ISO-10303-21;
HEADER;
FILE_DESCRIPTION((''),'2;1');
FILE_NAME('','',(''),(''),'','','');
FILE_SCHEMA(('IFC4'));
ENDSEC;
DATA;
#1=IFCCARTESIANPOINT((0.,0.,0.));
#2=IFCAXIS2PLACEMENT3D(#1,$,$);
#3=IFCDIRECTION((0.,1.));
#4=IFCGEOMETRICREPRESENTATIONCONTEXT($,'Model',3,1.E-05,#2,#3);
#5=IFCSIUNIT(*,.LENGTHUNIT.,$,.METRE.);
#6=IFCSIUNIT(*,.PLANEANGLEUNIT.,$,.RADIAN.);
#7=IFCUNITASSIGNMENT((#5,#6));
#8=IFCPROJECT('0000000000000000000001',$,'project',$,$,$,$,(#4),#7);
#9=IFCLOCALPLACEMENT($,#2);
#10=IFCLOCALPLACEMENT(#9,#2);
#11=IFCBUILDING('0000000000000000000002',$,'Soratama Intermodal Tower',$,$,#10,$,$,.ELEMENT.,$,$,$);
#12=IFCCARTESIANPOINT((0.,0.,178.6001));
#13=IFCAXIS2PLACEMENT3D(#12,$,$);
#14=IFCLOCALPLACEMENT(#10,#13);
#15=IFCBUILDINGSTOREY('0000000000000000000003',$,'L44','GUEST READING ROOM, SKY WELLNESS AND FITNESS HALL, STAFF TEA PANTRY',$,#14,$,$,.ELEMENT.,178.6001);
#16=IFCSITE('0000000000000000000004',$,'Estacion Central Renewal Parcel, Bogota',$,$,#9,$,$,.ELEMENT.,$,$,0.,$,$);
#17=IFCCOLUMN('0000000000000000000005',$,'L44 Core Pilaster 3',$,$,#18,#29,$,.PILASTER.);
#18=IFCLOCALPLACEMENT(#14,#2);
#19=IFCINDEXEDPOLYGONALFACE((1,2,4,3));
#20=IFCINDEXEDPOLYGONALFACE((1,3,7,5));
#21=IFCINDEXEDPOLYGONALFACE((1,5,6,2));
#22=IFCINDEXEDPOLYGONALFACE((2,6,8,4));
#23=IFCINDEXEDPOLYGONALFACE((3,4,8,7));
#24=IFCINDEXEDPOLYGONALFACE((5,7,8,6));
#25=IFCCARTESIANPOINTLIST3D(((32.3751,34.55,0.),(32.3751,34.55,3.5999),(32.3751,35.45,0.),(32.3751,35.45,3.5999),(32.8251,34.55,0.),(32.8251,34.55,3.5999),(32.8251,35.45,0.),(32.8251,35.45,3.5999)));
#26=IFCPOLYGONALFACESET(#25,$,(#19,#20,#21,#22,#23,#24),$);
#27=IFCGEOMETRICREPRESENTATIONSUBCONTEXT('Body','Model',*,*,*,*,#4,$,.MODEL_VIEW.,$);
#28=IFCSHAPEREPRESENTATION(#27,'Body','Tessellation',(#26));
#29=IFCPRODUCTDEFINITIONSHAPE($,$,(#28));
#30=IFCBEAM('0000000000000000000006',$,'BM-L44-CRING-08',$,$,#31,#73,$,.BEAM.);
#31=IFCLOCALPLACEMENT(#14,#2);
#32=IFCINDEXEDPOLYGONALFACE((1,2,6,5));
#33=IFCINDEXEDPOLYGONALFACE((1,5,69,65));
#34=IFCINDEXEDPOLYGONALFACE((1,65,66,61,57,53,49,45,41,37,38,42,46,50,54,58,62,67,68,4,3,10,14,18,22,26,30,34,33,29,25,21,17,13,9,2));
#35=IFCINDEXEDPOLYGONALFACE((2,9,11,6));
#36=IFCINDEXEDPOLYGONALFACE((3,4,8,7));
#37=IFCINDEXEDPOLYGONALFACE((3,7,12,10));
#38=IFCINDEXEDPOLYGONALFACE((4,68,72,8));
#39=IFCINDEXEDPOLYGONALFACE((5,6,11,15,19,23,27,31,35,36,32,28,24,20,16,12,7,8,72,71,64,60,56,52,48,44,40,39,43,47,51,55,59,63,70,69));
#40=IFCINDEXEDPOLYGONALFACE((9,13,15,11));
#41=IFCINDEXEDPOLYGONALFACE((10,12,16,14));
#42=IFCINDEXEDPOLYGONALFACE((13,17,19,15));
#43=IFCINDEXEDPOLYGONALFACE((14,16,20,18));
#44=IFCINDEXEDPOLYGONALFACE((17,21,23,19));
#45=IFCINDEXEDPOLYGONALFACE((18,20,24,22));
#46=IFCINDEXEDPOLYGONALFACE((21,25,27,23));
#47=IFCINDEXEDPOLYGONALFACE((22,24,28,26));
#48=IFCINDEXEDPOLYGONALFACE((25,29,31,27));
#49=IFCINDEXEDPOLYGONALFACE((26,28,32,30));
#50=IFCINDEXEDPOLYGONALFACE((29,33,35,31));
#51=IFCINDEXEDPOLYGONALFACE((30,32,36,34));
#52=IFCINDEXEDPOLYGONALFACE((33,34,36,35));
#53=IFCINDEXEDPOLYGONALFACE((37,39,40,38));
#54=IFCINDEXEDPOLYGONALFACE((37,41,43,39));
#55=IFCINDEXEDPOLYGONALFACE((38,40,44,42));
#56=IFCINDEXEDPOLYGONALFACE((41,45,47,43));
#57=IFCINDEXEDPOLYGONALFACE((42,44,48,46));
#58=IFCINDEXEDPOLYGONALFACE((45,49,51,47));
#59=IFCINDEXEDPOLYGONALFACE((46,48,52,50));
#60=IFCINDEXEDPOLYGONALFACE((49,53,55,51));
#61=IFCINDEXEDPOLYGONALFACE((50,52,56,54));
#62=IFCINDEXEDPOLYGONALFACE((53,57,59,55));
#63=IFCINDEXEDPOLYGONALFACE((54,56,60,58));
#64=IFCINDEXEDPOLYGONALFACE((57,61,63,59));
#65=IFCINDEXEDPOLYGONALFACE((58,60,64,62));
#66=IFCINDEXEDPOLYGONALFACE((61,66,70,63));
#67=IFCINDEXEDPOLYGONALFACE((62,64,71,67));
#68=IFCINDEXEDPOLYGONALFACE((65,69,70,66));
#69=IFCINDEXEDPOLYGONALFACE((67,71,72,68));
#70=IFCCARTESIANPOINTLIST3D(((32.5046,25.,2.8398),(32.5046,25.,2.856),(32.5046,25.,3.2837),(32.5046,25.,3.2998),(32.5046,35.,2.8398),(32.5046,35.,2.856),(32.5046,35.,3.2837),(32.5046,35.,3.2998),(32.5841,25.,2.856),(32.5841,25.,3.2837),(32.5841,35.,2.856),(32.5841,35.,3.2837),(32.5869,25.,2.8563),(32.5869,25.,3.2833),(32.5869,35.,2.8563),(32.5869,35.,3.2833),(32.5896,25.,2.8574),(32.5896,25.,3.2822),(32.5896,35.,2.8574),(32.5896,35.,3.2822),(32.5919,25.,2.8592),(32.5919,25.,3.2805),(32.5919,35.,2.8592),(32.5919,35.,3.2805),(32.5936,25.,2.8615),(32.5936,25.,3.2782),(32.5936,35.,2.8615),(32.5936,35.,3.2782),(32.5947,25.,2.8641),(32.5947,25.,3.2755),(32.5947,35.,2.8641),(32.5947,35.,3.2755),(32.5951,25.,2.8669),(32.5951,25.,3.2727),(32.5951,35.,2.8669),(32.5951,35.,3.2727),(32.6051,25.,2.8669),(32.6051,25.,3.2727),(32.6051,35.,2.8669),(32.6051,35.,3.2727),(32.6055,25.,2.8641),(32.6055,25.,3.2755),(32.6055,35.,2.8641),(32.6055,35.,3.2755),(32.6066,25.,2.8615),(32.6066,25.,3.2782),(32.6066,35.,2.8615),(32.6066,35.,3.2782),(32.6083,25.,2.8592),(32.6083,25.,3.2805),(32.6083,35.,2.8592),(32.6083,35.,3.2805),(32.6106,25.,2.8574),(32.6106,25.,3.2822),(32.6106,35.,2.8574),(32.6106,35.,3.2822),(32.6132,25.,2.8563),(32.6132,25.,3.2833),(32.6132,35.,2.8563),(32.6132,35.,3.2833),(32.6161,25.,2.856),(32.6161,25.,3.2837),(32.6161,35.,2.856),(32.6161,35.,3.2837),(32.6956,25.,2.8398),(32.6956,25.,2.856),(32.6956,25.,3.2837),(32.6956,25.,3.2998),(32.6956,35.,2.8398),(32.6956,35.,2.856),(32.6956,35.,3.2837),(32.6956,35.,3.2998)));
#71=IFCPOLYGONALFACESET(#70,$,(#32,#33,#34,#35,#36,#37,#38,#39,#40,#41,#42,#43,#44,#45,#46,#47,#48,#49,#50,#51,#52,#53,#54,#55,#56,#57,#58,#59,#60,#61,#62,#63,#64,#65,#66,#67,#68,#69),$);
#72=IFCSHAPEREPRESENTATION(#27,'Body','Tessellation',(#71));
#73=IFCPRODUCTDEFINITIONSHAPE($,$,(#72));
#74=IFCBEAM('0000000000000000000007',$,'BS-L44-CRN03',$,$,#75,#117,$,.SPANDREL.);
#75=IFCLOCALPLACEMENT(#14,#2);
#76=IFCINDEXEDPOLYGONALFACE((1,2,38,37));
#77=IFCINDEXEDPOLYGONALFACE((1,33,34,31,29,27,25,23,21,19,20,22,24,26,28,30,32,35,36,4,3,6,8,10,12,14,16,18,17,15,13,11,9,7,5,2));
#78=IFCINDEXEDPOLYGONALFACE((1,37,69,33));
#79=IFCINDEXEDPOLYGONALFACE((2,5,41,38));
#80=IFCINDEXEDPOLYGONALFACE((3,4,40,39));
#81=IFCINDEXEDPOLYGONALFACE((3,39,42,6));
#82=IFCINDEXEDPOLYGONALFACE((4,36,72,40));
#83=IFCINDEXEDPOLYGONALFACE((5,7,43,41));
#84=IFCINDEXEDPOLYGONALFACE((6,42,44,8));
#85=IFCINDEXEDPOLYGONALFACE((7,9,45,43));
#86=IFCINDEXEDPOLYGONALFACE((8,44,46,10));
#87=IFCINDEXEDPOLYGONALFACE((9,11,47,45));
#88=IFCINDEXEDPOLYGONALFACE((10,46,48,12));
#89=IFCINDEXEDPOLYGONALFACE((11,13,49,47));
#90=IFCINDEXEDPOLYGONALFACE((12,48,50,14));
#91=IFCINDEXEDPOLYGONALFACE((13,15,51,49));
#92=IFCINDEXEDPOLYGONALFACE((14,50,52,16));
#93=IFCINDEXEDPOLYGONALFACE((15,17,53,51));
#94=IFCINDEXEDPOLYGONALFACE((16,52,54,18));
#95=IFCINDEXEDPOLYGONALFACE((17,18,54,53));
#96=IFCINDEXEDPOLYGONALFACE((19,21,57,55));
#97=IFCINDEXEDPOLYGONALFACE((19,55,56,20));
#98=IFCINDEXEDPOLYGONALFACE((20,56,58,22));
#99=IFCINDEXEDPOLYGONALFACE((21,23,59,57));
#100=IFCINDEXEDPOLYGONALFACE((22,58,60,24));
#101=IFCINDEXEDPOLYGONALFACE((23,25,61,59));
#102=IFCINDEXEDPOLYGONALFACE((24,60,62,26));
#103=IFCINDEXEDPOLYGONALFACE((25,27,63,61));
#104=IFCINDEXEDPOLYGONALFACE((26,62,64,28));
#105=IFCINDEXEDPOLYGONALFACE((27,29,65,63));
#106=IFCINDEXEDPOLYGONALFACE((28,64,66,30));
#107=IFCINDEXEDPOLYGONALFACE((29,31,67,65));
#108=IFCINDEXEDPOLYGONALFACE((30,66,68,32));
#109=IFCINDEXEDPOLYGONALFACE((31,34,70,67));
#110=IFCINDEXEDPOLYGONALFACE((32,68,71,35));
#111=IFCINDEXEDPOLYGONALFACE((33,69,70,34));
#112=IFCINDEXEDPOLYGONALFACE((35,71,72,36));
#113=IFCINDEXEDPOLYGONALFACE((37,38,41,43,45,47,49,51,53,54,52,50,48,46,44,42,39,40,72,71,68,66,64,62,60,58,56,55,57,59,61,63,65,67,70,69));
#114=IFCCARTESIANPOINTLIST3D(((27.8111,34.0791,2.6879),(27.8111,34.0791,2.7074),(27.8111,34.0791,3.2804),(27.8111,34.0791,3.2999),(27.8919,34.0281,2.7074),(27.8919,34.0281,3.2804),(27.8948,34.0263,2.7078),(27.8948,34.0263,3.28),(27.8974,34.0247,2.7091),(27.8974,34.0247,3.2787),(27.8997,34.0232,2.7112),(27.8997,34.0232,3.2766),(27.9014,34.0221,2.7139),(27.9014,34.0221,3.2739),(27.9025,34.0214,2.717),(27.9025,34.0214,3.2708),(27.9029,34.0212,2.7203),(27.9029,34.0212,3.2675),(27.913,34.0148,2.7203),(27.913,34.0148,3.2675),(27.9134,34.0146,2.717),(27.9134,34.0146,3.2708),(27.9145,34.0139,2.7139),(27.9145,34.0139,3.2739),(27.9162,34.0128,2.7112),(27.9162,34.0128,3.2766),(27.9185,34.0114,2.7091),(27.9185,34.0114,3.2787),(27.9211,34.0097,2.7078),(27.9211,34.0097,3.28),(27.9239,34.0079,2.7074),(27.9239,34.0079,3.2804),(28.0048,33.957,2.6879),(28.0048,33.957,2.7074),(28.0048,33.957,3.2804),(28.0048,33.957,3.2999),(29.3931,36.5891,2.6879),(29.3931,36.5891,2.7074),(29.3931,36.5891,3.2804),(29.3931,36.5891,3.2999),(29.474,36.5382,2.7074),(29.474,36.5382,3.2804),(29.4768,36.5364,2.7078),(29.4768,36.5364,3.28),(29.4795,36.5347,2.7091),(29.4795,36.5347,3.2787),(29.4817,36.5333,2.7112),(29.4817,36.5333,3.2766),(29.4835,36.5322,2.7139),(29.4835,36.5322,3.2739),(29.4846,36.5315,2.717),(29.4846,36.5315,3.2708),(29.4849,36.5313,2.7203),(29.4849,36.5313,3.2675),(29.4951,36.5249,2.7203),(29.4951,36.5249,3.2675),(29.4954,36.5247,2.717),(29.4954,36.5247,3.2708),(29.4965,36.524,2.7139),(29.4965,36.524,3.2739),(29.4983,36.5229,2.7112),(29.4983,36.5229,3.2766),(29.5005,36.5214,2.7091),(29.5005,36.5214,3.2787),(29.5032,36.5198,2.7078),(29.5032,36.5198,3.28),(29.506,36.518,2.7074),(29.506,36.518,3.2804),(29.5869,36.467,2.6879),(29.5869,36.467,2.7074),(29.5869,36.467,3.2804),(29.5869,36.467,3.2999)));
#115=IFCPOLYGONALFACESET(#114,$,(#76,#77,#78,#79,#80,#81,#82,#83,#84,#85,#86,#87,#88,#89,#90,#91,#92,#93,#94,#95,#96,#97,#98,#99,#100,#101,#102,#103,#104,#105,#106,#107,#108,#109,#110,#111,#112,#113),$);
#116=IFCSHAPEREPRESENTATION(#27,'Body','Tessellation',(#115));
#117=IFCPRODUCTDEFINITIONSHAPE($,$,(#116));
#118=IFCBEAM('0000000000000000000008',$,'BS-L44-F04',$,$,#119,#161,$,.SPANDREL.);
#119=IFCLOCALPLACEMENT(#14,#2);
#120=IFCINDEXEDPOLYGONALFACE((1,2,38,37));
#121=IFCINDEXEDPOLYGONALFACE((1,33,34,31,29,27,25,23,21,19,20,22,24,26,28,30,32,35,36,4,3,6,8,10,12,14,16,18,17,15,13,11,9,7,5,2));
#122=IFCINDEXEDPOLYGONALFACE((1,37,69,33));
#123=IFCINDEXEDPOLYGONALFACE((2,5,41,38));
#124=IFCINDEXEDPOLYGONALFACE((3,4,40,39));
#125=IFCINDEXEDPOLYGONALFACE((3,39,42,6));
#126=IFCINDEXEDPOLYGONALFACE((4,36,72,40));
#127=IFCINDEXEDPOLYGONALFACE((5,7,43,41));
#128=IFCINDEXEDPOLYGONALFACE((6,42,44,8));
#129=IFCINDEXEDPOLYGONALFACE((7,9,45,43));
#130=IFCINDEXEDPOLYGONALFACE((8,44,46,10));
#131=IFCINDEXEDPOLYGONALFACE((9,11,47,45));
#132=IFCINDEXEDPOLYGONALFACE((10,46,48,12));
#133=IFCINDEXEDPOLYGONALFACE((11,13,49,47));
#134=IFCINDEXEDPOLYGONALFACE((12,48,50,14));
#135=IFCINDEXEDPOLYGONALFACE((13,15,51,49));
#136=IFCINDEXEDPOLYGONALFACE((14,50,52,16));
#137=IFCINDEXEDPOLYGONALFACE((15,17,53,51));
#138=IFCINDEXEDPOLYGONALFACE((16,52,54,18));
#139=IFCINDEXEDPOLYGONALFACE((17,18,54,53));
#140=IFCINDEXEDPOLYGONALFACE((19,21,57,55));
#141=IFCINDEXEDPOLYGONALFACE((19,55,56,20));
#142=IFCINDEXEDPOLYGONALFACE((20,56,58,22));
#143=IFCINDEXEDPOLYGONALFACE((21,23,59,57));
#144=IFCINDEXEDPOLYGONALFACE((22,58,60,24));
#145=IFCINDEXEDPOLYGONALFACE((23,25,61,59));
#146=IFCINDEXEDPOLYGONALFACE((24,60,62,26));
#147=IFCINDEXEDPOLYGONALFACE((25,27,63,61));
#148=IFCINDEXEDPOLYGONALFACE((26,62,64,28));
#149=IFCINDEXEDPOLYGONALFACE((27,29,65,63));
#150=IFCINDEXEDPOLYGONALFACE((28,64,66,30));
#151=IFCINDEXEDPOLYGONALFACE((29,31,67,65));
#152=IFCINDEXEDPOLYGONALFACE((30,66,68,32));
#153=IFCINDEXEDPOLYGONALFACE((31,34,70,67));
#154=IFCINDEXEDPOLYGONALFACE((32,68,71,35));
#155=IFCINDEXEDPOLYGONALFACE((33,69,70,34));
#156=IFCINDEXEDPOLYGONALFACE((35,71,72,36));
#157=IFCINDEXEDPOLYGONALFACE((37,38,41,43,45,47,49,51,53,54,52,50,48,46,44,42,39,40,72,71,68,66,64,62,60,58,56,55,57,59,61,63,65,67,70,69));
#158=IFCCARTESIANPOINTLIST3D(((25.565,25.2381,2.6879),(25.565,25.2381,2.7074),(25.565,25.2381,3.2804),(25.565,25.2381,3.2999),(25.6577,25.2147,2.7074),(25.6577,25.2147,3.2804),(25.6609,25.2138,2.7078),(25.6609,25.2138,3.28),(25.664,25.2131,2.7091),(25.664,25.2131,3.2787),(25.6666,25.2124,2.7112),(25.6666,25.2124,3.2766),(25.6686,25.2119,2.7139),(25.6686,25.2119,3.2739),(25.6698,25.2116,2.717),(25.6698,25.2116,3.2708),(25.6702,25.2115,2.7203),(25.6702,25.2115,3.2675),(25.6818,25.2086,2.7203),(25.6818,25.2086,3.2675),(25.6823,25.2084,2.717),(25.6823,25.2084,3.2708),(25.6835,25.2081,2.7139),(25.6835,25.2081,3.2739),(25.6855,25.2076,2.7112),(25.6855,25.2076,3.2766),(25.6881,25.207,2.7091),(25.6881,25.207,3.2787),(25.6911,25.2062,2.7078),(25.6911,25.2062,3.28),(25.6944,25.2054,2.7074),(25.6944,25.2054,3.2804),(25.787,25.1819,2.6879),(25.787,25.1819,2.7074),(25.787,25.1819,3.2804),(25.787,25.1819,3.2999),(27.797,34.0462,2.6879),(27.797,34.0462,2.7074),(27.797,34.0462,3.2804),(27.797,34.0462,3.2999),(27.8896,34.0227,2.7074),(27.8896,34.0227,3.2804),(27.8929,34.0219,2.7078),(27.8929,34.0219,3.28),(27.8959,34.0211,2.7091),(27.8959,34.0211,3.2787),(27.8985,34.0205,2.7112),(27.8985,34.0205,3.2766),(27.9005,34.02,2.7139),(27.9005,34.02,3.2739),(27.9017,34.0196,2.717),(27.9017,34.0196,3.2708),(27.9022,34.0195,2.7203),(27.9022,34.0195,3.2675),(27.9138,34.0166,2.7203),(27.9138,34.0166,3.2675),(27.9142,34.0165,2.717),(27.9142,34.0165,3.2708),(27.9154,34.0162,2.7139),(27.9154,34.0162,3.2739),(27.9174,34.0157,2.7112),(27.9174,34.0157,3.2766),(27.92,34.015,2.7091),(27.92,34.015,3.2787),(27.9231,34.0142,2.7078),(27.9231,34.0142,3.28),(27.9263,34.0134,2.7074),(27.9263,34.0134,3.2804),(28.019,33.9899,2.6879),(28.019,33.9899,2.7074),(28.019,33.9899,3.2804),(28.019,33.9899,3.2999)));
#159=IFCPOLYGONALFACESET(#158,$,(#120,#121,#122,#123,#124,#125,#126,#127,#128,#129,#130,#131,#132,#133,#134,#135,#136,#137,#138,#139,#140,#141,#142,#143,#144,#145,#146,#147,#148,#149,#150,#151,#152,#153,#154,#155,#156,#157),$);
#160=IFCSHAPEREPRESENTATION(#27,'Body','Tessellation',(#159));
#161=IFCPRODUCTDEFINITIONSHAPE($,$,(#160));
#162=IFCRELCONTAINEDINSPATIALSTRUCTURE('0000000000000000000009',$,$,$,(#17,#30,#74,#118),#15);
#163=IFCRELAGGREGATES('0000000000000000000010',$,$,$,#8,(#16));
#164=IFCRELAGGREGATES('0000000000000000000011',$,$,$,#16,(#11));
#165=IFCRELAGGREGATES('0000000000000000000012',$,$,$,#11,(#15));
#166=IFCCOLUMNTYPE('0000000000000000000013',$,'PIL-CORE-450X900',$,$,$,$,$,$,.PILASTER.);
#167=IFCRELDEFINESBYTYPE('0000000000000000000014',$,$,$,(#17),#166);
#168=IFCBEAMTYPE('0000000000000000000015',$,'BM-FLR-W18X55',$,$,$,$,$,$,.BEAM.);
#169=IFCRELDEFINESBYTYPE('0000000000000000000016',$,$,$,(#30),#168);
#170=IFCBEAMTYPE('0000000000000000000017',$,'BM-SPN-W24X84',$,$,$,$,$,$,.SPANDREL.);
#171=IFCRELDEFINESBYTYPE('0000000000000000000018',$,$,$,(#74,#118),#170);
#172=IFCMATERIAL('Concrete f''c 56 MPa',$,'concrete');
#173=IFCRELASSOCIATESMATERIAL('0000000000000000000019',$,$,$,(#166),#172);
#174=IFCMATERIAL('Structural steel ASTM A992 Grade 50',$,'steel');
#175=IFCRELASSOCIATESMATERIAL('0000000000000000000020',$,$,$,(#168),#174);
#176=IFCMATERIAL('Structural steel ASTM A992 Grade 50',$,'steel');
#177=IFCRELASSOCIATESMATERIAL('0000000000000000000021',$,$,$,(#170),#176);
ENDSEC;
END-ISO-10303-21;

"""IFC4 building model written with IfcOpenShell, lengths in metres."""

from ifc_helpers import new_model, si_unit, direction, frame, origin, origin_2d, place, context, subcontext, project, spatial, rectangle, i_section, extrude, material, material_profile, profile_set, type_object, element, save


model = new_model("IFC4")

# Units and contexts
model_context = context("Model", 3, precision=1e-05, world=origin(), true_north=direction((0.0, 1.0)))
body_context = subcontext(model_context, "Body", "Model", "MODEL_VIEW")
ifc_project = project(units=[si_unit("LENGTHUNIT", "METRE"), si_unit("PLANEANGLEUNIT", "RADIAN")], contexts=[model_context])

# Site, building, storey
site_placement = place(None, origin())
site = spatial("IfcSite", under=ifc_project, at=site_placement, Name="Estacion Central Renewal Parcel, Bogota", CompositionType="ELEMENT", RefElevation=0.0)
building_placement = place(site_placement, origin())
building = spatial("IfcBuilding", under=site, at=building_placement, Name="Soratama Intermodal Tower", CompositionType="ELEMENT")
storey_placement = place(building_placement, frame((0.0, 0.0, 178.6001)))
storey = spatial("IfcBuildingStorey", under=building, at=storey_placement, Name="L44", Description="GUEST READING ROOM, SKY WELLNESS AND FITNESS HALL, STAFF TEA PANTRY", CompositionType="ELEMENT", Elevation=178.6001)

# Column
ifc_material_1 = material(Name="Concrete f'c 56 MPa", Category="concrete")
ifc_material_profile_1 = material_profile(ifc_material_1, rectangle(XDim=0.45, YDim=0.8999, at=origin_2d()), Name="RC450X900")
ifc_profile_set_1 = profile_set([ifc_material_profile_1], Name="Concrete f'c 56 MPa")
column_type = type_object("IfcColumnType", Name="PIL-CORE-450X900", PredefinedType="PILASTER", material=ifc_profile_set_1)
column_placement = place(storey_placement, frame((32.6001, 35.0, 0.0), z_axis=(0.0, 0.0, 1.0), x_axis=(1.0, 0.0, 0.0)))
element("IfcColumn", 1, at=column_placement, inside=storey, type_object=column_type, Name="L44 Core Pilaster 3", PredefinedType="PILASTER", context=body_context, shape_type="SweptSolid", body=[
    extrude(rectangle(XDim=0.45, YDim=0.8999, at=origin_2d()), origin(), (0.0, 0.0, 1.0), 3.5999),
])

# Beams
ifc_material_2 = material(Name="Structural steel ASTM A992 Grade 50", Category="steel")
ifc_material_profile_2 = material_profile(ifc_material_2, i_section(OverallWidth=0.1909, OverallDepth=0.46, WebThickness=0.01, FlangeThickness=0.0161, FilletRadius=0.011, at=origin_2d()), Name="W18X55")
ifc_profile_set_2 = profile_set([ifc_material_profile_2], Name="Structural steel ASTM A992 Grade 50")
beam_type_1 = type_object("IfcBeamType", Name="BM-FLR-W18X55", PredefinedType="BEAM", material=ifc_profile_set_2)
beam_1_placement = place(storey_placement, frame((32.6001, 35.0, 3.0698), z_axis=(0.0, -1.0, 0.0), x_axis=(1.0, 0.0, 0.0)))
element("IfcBeam", 2, at=beam_1_placement, inside=storey, type_object=beam_type_1, Name="BM-L44-CRING-08", PredefinedType="BEAM", context=body_context, shape_type="SweptSolid", body=[
    extrude(i_section(OverallWidth=0.1909, OverallDepth=0.46, WebThickness=0.01, FlangeThickness=0.0161, FilletRadius=0.011, at=origin_2d()), origin(), (0.0, 0.0, 1.0), 10.0),
])
ifc_material_3 = material(Name="Structural steel ASTM A992 Grade 50", Category="steel")
ifc_material_profile_3 = material_profile(ifc_material_3, i_section(OverallWidth=0.229, OverallDepth=0.6121, WebThickness=0.012, FlangeThickness=0.0195, FilletRadius=0.0129, at=origin_2d()), Name="W24X84")
ifc_profile_set_3 = profile_set([ifc_material_profile_3], Name="Structural steel ASTM A992 Grade 50")
beam_type_2 = type_object("IfcBeamType", Name="BM-SPN-W24X84", PredefinedType="SPANDREL", material=ifc_profile_set_3)
beam_2_placement = place(storey_placement, frame((29.49, 36.5281, 2.9939), z_axis=(-0.533213, -0.845981, 0.0), x_axis=(0.845981, -0.533213, 0.0)))
element("IfcBeam", 3, at=beam_2_placement, inside=storey, type_object=beam_type_2, Name="BS-L44-CRN03", PredefinedType="SPANDREL", context=body_context, shape_type="SweptSolid", body=[
    extrude(i_section(OverallWidth=0.229, OverallDepth=0.6121, WebThickness=0.012, FlangeThickness=0.0195, FilletRadius=0.0129, at=origin_2d()), origin(), (0.0, 0.0, 1.0), 2.967),
])
beam_3_placement = place(storey_placement, frame((27.908, 34.0181, 2.9939), z_axis=(-0.245632, -0.969363, 0.0), x_axis=(0.969363, -0.245632, 0.0)))
element("IfcBeam", 4, at=beam_3_placement, inside=storey, type_object=beam_type_2, Name="BS-L44-F04", PredefinedType="SPANDREL", context=body_context, shape_type="SweptSolid", body=[
    extrude(i_section(OverallWidth=0.229, OverallDepth=0.6121, WebThickness=0.012, FlangeThickness=0.0195, FilletRadius=0.0129, at=origin_2d()), origin(), (0.0, 0.0, 1.0), 9.0864),
])

save(model, "model.ifc")
